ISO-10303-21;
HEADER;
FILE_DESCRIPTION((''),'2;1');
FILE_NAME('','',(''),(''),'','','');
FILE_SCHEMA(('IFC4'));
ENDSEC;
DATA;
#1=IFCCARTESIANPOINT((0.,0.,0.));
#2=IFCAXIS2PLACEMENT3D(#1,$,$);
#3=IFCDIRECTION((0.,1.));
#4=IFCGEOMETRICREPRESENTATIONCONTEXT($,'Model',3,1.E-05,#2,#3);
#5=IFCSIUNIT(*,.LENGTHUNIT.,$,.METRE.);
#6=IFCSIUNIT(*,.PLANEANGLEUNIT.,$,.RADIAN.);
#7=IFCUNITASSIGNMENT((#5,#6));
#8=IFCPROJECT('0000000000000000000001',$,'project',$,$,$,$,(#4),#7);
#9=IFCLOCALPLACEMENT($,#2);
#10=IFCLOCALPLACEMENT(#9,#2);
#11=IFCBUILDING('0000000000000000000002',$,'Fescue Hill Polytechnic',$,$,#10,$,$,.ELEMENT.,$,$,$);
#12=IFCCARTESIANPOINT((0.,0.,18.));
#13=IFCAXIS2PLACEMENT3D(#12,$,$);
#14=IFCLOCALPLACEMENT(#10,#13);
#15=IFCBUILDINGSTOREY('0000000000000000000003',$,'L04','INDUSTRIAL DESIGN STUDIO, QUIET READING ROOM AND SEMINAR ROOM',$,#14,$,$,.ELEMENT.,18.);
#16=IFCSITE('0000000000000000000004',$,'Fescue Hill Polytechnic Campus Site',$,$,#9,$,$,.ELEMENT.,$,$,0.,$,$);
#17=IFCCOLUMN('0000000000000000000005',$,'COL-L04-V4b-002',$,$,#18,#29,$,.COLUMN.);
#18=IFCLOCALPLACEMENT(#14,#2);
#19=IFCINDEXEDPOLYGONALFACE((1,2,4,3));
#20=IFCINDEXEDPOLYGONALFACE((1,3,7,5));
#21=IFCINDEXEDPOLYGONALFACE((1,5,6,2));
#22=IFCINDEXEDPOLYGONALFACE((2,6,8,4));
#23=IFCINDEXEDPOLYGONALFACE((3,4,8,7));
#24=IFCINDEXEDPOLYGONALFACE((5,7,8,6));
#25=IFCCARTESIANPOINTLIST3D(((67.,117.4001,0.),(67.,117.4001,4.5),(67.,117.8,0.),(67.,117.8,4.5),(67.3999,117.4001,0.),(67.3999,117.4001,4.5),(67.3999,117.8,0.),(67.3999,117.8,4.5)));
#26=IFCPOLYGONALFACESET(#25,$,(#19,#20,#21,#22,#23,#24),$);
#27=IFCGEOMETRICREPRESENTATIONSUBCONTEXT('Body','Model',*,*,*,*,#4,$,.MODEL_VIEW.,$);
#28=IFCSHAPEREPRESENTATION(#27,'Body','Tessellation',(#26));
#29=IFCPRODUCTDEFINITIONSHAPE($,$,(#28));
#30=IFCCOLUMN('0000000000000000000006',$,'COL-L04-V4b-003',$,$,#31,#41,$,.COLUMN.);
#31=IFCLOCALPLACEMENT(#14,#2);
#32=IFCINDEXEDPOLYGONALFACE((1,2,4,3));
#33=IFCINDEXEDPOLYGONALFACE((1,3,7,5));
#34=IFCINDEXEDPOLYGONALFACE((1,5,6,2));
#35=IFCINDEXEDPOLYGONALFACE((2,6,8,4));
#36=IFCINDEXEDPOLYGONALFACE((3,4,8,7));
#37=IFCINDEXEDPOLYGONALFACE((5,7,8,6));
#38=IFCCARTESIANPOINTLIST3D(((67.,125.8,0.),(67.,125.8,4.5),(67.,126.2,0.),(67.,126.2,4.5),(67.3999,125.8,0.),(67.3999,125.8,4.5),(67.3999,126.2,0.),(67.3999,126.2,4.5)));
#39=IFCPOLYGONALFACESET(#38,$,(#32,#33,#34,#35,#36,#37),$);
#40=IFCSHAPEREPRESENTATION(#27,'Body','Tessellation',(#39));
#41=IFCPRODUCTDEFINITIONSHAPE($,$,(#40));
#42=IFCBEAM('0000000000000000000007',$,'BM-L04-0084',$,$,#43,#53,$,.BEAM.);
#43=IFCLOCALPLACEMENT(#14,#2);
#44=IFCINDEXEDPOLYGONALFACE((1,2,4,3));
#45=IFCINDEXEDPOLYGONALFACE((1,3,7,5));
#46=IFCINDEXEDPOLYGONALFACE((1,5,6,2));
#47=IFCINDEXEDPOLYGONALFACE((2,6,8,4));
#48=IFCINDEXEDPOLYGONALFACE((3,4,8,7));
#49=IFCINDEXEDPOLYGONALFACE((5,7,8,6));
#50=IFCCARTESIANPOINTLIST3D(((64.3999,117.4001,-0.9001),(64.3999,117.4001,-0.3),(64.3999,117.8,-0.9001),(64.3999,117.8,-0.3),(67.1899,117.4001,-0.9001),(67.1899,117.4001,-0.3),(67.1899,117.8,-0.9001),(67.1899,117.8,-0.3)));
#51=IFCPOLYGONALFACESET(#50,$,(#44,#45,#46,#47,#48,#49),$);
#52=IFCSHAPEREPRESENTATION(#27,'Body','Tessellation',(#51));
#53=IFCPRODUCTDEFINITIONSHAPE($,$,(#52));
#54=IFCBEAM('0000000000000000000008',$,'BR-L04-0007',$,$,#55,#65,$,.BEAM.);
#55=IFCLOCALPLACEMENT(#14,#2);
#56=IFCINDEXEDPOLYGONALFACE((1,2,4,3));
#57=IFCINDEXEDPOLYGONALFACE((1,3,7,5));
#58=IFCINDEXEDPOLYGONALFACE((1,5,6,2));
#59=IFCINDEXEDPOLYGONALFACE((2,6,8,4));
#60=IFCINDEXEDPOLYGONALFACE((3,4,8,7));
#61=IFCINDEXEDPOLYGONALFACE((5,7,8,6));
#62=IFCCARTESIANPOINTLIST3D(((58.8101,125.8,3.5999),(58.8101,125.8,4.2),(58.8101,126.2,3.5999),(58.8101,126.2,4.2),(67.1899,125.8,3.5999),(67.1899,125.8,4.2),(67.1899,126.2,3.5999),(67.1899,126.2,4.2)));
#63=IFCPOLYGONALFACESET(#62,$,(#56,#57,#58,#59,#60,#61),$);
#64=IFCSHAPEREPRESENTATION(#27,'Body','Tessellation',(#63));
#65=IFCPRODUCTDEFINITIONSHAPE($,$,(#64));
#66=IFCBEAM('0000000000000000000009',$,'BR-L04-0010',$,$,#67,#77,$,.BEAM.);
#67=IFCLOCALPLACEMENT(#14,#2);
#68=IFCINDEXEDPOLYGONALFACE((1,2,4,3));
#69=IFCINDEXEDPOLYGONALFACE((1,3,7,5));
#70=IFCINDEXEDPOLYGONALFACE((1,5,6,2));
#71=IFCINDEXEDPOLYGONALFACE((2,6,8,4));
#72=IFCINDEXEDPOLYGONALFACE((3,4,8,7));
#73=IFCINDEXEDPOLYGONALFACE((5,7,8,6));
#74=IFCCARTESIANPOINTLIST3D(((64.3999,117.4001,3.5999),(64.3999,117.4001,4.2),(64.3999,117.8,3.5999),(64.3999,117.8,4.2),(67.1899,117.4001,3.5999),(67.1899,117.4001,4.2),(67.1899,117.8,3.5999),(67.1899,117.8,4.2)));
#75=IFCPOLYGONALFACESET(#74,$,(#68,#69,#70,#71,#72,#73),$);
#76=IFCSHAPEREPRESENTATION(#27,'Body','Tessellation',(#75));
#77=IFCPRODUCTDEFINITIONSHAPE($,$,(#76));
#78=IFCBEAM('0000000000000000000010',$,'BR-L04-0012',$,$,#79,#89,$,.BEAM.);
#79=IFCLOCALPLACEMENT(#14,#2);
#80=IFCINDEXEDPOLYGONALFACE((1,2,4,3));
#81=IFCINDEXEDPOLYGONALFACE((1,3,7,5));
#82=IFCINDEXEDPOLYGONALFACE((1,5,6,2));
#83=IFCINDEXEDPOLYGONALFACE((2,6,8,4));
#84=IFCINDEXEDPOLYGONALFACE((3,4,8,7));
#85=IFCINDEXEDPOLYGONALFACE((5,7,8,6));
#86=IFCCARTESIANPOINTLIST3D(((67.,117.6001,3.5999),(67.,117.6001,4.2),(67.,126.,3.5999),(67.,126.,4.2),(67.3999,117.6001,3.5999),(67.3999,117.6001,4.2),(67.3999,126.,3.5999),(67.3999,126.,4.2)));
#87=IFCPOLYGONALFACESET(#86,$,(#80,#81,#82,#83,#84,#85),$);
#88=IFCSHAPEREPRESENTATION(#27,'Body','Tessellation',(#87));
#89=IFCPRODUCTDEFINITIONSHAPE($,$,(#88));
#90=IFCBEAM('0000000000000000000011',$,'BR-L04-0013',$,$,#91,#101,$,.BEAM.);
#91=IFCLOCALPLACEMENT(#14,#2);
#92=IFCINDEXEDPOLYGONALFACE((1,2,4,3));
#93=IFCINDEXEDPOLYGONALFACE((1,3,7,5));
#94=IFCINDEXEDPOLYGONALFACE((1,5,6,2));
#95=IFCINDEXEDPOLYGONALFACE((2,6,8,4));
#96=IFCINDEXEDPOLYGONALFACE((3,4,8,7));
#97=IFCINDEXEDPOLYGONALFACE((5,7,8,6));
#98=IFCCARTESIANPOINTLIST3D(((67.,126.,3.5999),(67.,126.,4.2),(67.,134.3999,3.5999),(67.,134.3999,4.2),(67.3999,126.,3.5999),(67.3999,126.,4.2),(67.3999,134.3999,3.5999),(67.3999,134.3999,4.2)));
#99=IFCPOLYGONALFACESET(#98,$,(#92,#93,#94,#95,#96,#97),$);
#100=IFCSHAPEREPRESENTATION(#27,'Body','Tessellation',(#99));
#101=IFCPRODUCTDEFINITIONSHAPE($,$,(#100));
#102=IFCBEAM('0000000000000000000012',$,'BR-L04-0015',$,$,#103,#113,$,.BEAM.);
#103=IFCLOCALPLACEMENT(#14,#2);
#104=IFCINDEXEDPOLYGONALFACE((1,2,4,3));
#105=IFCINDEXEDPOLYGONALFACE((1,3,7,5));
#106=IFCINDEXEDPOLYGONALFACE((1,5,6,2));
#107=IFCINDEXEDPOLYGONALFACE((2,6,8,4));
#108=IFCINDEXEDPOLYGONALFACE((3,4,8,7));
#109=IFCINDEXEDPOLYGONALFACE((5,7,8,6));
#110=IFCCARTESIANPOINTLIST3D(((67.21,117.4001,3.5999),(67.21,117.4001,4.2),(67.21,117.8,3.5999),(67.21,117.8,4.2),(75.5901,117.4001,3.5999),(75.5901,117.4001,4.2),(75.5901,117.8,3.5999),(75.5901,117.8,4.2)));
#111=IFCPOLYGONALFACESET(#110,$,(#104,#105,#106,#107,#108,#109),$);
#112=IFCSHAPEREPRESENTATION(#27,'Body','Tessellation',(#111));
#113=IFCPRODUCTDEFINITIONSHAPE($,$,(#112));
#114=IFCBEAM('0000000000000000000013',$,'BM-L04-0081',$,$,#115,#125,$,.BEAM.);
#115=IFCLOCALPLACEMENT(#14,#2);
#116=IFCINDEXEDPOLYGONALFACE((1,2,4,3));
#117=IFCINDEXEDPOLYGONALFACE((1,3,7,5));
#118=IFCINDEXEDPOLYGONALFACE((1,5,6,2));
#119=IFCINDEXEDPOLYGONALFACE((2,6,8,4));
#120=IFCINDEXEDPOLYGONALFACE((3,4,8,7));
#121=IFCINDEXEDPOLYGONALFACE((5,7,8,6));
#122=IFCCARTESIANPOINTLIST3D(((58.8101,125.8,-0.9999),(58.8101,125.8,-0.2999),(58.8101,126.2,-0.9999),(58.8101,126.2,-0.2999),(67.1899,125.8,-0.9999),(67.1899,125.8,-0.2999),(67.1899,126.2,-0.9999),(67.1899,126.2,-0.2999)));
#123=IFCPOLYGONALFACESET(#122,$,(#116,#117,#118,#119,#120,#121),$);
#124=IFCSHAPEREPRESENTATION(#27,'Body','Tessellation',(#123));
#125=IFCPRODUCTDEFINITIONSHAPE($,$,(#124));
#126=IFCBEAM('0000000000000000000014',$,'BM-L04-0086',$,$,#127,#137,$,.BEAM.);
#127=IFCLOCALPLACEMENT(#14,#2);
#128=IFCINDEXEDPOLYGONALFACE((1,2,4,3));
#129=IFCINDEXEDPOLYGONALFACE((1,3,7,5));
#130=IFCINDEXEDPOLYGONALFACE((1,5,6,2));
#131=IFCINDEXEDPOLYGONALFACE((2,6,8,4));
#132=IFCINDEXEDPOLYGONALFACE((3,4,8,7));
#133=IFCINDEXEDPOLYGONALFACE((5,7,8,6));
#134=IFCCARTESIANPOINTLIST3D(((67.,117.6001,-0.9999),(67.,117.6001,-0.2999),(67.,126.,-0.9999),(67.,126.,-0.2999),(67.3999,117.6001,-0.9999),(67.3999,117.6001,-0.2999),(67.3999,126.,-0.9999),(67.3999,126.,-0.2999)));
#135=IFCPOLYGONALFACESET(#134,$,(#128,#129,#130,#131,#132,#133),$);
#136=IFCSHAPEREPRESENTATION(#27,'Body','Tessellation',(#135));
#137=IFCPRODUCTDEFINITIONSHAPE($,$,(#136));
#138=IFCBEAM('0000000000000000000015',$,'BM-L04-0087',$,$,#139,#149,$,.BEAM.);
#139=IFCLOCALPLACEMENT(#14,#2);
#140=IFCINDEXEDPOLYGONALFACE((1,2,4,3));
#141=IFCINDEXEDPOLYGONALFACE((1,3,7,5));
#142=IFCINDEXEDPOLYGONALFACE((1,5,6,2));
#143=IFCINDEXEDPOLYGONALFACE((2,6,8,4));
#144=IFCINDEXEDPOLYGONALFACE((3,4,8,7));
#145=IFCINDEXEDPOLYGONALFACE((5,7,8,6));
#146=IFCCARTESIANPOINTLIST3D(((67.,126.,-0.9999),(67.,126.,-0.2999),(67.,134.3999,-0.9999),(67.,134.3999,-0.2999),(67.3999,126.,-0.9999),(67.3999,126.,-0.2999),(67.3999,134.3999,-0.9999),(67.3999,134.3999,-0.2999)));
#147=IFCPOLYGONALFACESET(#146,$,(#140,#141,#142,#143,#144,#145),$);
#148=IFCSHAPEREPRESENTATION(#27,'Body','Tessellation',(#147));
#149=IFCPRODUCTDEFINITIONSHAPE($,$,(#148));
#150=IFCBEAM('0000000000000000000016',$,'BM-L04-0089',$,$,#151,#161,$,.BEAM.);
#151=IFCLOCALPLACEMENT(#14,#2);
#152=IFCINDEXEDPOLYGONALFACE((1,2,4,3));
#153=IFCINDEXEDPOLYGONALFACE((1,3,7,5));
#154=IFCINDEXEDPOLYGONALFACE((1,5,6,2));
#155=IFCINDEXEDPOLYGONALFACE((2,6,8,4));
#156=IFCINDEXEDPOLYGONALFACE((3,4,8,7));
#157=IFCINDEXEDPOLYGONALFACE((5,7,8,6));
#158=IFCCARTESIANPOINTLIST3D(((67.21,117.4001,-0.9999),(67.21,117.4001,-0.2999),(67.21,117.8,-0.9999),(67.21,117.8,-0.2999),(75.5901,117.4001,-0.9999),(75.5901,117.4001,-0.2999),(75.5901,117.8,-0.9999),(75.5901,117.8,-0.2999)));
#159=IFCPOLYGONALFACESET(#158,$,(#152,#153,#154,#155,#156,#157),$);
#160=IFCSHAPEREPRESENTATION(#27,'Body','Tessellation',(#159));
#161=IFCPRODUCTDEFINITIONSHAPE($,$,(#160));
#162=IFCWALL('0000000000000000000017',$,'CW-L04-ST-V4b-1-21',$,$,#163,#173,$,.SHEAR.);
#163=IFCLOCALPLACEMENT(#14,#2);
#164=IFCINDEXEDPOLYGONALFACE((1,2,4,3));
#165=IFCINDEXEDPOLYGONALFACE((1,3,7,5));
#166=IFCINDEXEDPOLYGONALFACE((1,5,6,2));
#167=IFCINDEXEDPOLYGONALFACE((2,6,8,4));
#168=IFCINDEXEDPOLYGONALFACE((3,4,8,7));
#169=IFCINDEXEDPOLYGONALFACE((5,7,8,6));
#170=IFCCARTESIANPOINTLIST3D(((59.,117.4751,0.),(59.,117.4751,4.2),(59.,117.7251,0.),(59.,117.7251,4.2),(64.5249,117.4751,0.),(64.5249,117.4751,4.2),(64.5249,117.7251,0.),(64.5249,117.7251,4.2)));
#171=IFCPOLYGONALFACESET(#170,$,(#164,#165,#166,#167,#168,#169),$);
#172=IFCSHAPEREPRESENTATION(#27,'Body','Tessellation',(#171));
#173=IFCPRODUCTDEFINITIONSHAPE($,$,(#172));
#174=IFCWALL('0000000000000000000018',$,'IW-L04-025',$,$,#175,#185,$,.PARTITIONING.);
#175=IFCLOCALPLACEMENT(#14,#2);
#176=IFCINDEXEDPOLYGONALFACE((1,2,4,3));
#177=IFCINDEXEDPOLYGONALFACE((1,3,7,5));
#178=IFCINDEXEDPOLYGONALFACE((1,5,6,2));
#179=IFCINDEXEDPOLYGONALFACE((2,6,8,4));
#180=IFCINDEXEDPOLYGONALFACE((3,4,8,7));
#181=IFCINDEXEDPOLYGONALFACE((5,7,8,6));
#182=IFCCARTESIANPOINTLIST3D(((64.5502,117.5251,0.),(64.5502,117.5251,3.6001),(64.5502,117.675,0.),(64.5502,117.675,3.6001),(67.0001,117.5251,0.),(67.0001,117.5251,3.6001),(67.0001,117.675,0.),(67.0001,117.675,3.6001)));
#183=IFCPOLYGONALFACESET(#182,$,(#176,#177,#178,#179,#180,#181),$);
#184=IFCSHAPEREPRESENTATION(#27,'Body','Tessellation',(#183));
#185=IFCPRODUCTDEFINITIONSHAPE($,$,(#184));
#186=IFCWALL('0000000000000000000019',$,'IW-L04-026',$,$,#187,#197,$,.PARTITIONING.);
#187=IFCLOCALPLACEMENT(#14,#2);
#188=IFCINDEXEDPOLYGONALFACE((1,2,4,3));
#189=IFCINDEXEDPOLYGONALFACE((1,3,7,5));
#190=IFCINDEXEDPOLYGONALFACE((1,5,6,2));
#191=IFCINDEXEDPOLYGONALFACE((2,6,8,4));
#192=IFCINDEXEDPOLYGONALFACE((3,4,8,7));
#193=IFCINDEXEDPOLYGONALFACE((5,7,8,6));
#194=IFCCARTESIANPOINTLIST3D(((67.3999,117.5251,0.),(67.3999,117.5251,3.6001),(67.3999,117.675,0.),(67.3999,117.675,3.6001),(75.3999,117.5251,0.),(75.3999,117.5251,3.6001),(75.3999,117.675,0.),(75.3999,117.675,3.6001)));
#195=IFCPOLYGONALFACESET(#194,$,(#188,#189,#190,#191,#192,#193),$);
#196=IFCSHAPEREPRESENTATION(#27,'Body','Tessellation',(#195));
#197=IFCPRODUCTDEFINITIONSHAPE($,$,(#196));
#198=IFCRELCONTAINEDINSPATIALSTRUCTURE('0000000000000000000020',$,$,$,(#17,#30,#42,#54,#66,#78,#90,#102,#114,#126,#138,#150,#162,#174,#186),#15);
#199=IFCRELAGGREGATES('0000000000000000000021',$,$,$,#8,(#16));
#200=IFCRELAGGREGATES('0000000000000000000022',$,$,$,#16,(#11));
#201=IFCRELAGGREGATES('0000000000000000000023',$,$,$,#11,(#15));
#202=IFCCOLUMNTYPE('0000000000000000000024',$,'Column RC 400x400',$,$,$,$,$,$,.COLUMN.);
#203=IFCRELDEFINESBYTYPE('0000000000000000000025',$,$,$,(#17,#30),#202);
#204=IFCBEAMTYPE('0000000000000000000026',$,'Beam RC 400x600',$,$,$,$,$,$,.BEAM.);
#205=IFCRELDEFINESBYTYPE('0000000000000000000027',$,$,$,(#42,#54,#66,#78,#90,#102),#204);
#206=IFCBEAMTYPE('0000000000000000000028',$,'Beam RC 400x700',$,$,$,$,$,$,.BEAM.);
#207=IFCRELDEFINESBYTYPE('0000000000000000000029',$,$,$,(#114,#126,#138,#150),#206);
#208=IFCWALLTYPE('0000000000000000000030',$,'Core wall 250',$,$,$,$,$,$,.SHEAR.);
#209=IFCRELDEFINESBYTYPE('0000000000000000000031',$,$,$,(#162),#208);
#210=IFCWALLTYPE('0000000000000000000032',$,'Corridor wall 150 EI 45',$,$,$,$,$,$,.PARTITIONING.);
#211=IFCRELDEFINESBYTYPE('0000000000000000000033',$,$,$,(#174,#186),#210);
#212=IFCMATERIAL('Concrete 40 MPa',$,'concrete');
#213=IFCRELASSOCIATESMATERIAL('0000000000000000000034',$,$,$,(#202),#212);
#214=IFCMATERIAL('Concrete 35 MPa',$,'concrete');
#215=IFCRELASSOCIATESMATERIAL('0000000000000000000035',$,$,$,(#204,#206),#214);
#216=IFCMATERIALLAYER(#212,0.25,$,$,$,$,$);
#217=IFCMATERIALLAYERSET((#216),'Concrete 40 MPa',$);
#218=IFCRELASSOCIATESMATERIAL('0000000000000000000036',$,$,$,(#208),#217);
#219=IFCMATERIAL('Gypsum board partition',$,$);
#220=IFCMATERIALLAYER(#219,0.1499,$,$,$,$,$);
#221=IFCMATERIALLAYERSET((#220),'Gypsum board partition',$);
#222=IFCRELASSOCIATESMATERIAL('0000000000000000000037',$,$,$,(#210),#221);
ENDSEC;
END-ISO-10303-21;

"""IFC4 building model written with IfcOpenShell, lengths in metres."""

from ifc_helpers import new_model, si_unit, direction, frame, frame_2d, origin, origin_2d, place, context, subcontext, project, spatial, rectangle, extrude, material, layer, layer_set, material_profile, profile_set, type_object, element, save


model = new_model("IFC4")

# Units and contexts
model_context = context("Model", 3, precision=1e-05, world=origin(), true_north=direction((0.0, 1.0)))
body_context = subcontext(model_context, "Body", "Model", "MODEL_VIEW")
ifc_project = project(units=[si_unit("LENGTHUNIT", "METRE"), si_unit("PLANEANGLEUNIT", "RADIAN")], contexts=[model_context])

# Site, building, storey
site_placement = place(None, origin())
site = spatial("IfcSite", under=ifc_project, at=site_placement, Name="Fescue Hill Polytechnic Campus Site", CompositionType="ELEMENT", RefElevation=0.0)
building_placement = place(site_placement, origin())
building = spatial("IfcBuilding", under=site, at=building_placement, Name="Fescue Hill Polytechnic", CompositionType="ELEMENT")
storey_placement = place(building_placement, frame((0.0, 0.0, 18.0)))
storey = spatial("IfcBuildingStorey", under=building, at=storey_placement, Name="L04", Description="INDUSTRIAL DESIGN STUDIO, QUIET READING ROOM AND SEMINAR ROOM", CompositionType="ELEMENT", Elevation=18.0)

# Columns
ifc_material_1 = material(Name="Concrete 40 MPa", Category="concrete")
ifc_material_profile_1 = material_profile(ifc_material_1, rectangle(XDim=0.3999, YDim=0.3999, at=origin_2d()), Name="RC 400x400")
ifc_profile_set_1 = profile_set([ifc_material_profile_1], Name="Concrete 40 MPa")
column_type = type_object("IfcColumnType", Name="Column RC 400x400", PredefinedType="COLUMN", material=ifc_profile_set_1)
for number, where, z_axis, x_axis, name in (
    (1, (67.2, 117.6001, 0.0), (0.0, 0.0, 1.0), (1.0, 0.0, 0.0), "COL-L04-V4b-002"),
    (2, (67.2, 126.0, 0.0), (0.0, 0.0, 1.0), (1.0, 0.0, 0.0), "COL-L04-V4b-003"),
):
    element("IfcColumn", number, at=place(storey_placement, frame(where, z_axis=z_axis, x_axis=x_axis)), inside=storey, type_object=column_type, Name=name, PredefinedType="COLUMN", context=body_context, shape_type="SweptSolid", body=[
        extrude(rectangle(XDim=0.3999, YDim=0.3999, at=origin_2d()), origin(), (0.0, 0.0, 1.0), 4.5),
    ])

# Beams
ifc_material_2 = material(Name="Concrete 35 MPa", Category="concrete")
ifc_material_profile_2 = material_profile(ifc_material_2, rectangle(XDim=0.3999, YDim=0.6001, at=origin_2d()), Name="RC 400x600")
ifc_profile_set_2 = profile_set([ifc_material_profile_2], Name="Concrete 35 MPa")
beam_type_1 = type_object("IfcBeamType", Name="Beam RC 400x600", PredefinedType="BEAM", material=ifc_profile_set_2)
beam_1_placement = place(storey_placement, frame((64.3999, 117.6001, -0.6001), z_axis=(1.0, 0.0, 0.0), x_axis=(0.0, 1.0, 0.0)))
element("IfcBeam", 3, at=beam_1_placement, inside=storey, type_object=beam_type_1, Name="BM-L04-0084", PredefinedType="BEAM", context=body_context, shape_type="SweptSolid", body=[
    extrude(rectangle(XDim=0.3999, YDim=0.6001, at=origin_2d()), origin(), (0.0, 0.0, 1.0), 2.79),
])
beam_2_placement = place(storey_placement, frame((58.8101, 126.0, 3.8999), z_axis=(1.0, 0.0, 0.0), x_axis=(0.0, 1.0, 0.0)))
element("IfcBeam", 4, at=beam_2_placement, inside=storey, type_object=beam_type_1, Name="BR-L04-0007", PredefinedType="BEAM", context=body_context, shape_type="SweptSolid", body=[
    extrude(rectangle(XDim=0.3999, YDim=0.6001, at=origin_2d()), origin(), (0.0, 0.0, 1.0), 8.3799),
])
beam_3_placement = place(storey_placement, frame((64.3999, 117.6001, 3.8999), z_axis=(1.0, 0.0, 0.0), x_axis=(0.0, 1.0, 0.0)))
element("IfcBeam", 5, at=beam_3_placement, inside=storey, type_object=beam_type_1, Name="BR-L04-0010", PredefinedType="BEAM", context=body_context, shape_type="SweptSolid", body=[
    extrude(rectangle(XDim=0.3999, YDim=0.6001, at=origin_2d()), origin(), (0.0, 0.0, 1.0), 2.79),
])
for number, where, z_axis, x_axis, name in (
    (6, (67.2, 117.6001, 3.8999), (0.0, 1.0, 0.0), (-1.0, 0.0, 0.0), "BR-L04-0012"),
    (7, (67.2, 126.0, 3.8999), (0.0, 1.0, 0.0), (-1.0, 0.0, 0.0), "BR-L04-0013"),
):
    element("IfcBeam", number, at=place(storey_placement, frame(where, z_axis=z_axis, x_axis=x_axis)), inside=storey, type_object=beam_type_1, Name=name, PredefinedType="BEAM", context=body_context, shape_type="SweptSolid", body=[
        extrude(rectangle(XDim=0.3999, YDim=0.6001, at=origin_2d()), origin(), (0.0, 0.0, 1.0), 8.3999),
    ])
beam_4_placement = place(storey_placement, frame((67.21, 117.6001, 3.8999), z_axis=(1.0, 0.0, 0.0), x_axis=(0.0, 1.0, 0.0)))
element("IfcBeam", 8, at=beam_4_placement, inside=storey, type_object=beam_type_1, Name="BR-L04-0015", PredefinedType="BEAM", context=body_context, shape_type="SweptSolid", body=[
    extrude(rectangle(XDim=0.3999, YDim=0.6001, at=origin_2d()), origin(), (0.0, 0.0, 1.0), 8.3801),
])
ifc_material_profile_3 = material_profile(ifc_material_2, rectangle(XDim=0.3999, YDim=0.7, at=origin_2d()), Name="RC 400x700")
ifc_profile_set_3 = profile_set([ifc_material_profile_3], Name="Concrete 35 MPa")
beam_type_2 = type_object("IfcBeamType", Name="Beam RC 400x700", PredefinedType="BEAM", material=ifc_profile_set_3)
beam_5_placement = place(storey_placement, frame((58.8101, 126.0, -0.6499), z_axis=(1.0, 0.0, 0.0), x_axis=(0.0, 1.0, 0.0)))
element("IfcBeam", 9, at=beam_5_placement, inside=storey, type_object=beam_type_2, Name="BM-L04-0081", PredefinedType="BEAM", context=body_context, shape_type="SweptSolid", body=[
    extrude(rectangle(XDim=0.3999, YDim=0.7, at=origin_2d()), origin(), (0.0, 0.0, 1.0), 8.3799),
])
for number, where, z_axis, x_axis, name in (
    (10, (67.2, 117.6001, -0.6499), (0.0, 1.0, 0.0), (-1.0, 0.0, 0.0), "BM-L04-0086"),
    (11, (67.2, 126.0, -0.6499), (0.0, 1.0, 0.0), (-1.0, 0.0, 0.0), "BM-L04-0087"),
):
    element("IfcBeam", number, at=place(storey_placement, frame(where, z_axis=z_axis, x_axis=x_axis)), inside=storey, type_object=beam_type_2, Name=name, PredefinedType="BEAM", context=body_context, shape_type="SweptSolid", body=[
        extrude(rectangle(XDim=0.3999, YDim=0.7, at=origin_2d()), origin(), (0.0, 0.0, 1.0), 8.3999),
    ])
beam_6_placement = place(storey_placement, frame((67.21, 117.6001, -0.6499), z_axis=(1.0, 0.0, 0.0), x_axis=(0.0, 1.0, 0.0)))
element("IfcBeam", 12, at=beam_6_placement, inside=storey, type_object=beam_type_2, Name="BM-L04-0089", PredefinedType="BEAM", context=body_context, shape_type="SweptSolid", body=[
    extrude(rectangle(XDim=0.3999, YDim=0.7, at=origin_2d()), origin(), (0.0, 0.0, 1.0), 8.3801),
])

# Walls
ifc_layer_1 = layer(ifc_material_1, 0.25)
ifc_layer_set_1 = layer_set([ifc_layer_1], Name="Concrete 40 MPa")
wall_type_1 = type_object("IfcWallType", Name="Core wall 250", PredefinedType="SHEAR", material=ifc_layer_set_1)
wall_1_placement = place(storey_placement, frame((59.0, 117.6001, 0.0), z_axis=(0.0, 0.0, 1.0), x_axis=(1.0, 0.0, 0.0)))
element("IfcWall", 13, at=wall_1_placement, inside=storey, type_object=wall_type_1, Name="CW-L04-ST-V4b-1-21", PredefinedType="SHEAR", context=body_context, shape_type="SweptSolid", body=[
    extrude(rectangle(XDim=5.5249, YDim=0.25, at=frame_2d((2.7625, 0.0))), origin(), (0.0, 0.0, 1.0), 4.2),
])
ifc_material_3 = material(Name="Gypsum board partition")
ifc_layer_2 = layer(ifc_material_3, 0.1499)
ifc_layer_set_2 = layer_set([ifc_layer_2], Name="Gypsum board partition")
wall_type_2 = type_object("IfcWallType", Name="Corridor wall 150 EI 45", PredefinedType="PARTITIONING", material=ifc_layer_set_2)
wall_2_placement = place(storey_placement, frame((64.55, 117.6001, 0.0), z_axis=(0.0, 0.0, 1.0), x_axis=(1.0, 0.0, 0.0)))
element("IfcWall", 14, at=wall_2_placement, inside=storey, type_object=wall_type_2, Name="IW-L04-025", PredefinedType="PARTITIONING", context=body_context, shape_type="SweptSolid", body=[
    extrude(rectangle(XDim=2.45, YDim=0.1499, at=frame_2d((1.2251, 0.0))), origin(), (0.0, 0.0, 1.0), 3.6001),
])
wall_3_placement = place(storey_placement, frame((67.3999, 117.6001, 0.0), z_axis=(0.0, 0.0, 1.0), x_axis=(1.0, 0.0, 0.0)))
element("IfcWall", 15, at=wall_3_placement, inside=storey, type_object=wall_type_2, Name="IW-L04-026", PredefinedType="PARTITIONING", context=body_context, shape_type="SweptSolid", body=[
    extrude(rectangle(XDim=8.0, YDim=0.1499, at=frame_2d((4.0, 0.0))), origin(), (0.0, 0.0, 1.0), 3.6001),
])

save(model, "model.ifc")
